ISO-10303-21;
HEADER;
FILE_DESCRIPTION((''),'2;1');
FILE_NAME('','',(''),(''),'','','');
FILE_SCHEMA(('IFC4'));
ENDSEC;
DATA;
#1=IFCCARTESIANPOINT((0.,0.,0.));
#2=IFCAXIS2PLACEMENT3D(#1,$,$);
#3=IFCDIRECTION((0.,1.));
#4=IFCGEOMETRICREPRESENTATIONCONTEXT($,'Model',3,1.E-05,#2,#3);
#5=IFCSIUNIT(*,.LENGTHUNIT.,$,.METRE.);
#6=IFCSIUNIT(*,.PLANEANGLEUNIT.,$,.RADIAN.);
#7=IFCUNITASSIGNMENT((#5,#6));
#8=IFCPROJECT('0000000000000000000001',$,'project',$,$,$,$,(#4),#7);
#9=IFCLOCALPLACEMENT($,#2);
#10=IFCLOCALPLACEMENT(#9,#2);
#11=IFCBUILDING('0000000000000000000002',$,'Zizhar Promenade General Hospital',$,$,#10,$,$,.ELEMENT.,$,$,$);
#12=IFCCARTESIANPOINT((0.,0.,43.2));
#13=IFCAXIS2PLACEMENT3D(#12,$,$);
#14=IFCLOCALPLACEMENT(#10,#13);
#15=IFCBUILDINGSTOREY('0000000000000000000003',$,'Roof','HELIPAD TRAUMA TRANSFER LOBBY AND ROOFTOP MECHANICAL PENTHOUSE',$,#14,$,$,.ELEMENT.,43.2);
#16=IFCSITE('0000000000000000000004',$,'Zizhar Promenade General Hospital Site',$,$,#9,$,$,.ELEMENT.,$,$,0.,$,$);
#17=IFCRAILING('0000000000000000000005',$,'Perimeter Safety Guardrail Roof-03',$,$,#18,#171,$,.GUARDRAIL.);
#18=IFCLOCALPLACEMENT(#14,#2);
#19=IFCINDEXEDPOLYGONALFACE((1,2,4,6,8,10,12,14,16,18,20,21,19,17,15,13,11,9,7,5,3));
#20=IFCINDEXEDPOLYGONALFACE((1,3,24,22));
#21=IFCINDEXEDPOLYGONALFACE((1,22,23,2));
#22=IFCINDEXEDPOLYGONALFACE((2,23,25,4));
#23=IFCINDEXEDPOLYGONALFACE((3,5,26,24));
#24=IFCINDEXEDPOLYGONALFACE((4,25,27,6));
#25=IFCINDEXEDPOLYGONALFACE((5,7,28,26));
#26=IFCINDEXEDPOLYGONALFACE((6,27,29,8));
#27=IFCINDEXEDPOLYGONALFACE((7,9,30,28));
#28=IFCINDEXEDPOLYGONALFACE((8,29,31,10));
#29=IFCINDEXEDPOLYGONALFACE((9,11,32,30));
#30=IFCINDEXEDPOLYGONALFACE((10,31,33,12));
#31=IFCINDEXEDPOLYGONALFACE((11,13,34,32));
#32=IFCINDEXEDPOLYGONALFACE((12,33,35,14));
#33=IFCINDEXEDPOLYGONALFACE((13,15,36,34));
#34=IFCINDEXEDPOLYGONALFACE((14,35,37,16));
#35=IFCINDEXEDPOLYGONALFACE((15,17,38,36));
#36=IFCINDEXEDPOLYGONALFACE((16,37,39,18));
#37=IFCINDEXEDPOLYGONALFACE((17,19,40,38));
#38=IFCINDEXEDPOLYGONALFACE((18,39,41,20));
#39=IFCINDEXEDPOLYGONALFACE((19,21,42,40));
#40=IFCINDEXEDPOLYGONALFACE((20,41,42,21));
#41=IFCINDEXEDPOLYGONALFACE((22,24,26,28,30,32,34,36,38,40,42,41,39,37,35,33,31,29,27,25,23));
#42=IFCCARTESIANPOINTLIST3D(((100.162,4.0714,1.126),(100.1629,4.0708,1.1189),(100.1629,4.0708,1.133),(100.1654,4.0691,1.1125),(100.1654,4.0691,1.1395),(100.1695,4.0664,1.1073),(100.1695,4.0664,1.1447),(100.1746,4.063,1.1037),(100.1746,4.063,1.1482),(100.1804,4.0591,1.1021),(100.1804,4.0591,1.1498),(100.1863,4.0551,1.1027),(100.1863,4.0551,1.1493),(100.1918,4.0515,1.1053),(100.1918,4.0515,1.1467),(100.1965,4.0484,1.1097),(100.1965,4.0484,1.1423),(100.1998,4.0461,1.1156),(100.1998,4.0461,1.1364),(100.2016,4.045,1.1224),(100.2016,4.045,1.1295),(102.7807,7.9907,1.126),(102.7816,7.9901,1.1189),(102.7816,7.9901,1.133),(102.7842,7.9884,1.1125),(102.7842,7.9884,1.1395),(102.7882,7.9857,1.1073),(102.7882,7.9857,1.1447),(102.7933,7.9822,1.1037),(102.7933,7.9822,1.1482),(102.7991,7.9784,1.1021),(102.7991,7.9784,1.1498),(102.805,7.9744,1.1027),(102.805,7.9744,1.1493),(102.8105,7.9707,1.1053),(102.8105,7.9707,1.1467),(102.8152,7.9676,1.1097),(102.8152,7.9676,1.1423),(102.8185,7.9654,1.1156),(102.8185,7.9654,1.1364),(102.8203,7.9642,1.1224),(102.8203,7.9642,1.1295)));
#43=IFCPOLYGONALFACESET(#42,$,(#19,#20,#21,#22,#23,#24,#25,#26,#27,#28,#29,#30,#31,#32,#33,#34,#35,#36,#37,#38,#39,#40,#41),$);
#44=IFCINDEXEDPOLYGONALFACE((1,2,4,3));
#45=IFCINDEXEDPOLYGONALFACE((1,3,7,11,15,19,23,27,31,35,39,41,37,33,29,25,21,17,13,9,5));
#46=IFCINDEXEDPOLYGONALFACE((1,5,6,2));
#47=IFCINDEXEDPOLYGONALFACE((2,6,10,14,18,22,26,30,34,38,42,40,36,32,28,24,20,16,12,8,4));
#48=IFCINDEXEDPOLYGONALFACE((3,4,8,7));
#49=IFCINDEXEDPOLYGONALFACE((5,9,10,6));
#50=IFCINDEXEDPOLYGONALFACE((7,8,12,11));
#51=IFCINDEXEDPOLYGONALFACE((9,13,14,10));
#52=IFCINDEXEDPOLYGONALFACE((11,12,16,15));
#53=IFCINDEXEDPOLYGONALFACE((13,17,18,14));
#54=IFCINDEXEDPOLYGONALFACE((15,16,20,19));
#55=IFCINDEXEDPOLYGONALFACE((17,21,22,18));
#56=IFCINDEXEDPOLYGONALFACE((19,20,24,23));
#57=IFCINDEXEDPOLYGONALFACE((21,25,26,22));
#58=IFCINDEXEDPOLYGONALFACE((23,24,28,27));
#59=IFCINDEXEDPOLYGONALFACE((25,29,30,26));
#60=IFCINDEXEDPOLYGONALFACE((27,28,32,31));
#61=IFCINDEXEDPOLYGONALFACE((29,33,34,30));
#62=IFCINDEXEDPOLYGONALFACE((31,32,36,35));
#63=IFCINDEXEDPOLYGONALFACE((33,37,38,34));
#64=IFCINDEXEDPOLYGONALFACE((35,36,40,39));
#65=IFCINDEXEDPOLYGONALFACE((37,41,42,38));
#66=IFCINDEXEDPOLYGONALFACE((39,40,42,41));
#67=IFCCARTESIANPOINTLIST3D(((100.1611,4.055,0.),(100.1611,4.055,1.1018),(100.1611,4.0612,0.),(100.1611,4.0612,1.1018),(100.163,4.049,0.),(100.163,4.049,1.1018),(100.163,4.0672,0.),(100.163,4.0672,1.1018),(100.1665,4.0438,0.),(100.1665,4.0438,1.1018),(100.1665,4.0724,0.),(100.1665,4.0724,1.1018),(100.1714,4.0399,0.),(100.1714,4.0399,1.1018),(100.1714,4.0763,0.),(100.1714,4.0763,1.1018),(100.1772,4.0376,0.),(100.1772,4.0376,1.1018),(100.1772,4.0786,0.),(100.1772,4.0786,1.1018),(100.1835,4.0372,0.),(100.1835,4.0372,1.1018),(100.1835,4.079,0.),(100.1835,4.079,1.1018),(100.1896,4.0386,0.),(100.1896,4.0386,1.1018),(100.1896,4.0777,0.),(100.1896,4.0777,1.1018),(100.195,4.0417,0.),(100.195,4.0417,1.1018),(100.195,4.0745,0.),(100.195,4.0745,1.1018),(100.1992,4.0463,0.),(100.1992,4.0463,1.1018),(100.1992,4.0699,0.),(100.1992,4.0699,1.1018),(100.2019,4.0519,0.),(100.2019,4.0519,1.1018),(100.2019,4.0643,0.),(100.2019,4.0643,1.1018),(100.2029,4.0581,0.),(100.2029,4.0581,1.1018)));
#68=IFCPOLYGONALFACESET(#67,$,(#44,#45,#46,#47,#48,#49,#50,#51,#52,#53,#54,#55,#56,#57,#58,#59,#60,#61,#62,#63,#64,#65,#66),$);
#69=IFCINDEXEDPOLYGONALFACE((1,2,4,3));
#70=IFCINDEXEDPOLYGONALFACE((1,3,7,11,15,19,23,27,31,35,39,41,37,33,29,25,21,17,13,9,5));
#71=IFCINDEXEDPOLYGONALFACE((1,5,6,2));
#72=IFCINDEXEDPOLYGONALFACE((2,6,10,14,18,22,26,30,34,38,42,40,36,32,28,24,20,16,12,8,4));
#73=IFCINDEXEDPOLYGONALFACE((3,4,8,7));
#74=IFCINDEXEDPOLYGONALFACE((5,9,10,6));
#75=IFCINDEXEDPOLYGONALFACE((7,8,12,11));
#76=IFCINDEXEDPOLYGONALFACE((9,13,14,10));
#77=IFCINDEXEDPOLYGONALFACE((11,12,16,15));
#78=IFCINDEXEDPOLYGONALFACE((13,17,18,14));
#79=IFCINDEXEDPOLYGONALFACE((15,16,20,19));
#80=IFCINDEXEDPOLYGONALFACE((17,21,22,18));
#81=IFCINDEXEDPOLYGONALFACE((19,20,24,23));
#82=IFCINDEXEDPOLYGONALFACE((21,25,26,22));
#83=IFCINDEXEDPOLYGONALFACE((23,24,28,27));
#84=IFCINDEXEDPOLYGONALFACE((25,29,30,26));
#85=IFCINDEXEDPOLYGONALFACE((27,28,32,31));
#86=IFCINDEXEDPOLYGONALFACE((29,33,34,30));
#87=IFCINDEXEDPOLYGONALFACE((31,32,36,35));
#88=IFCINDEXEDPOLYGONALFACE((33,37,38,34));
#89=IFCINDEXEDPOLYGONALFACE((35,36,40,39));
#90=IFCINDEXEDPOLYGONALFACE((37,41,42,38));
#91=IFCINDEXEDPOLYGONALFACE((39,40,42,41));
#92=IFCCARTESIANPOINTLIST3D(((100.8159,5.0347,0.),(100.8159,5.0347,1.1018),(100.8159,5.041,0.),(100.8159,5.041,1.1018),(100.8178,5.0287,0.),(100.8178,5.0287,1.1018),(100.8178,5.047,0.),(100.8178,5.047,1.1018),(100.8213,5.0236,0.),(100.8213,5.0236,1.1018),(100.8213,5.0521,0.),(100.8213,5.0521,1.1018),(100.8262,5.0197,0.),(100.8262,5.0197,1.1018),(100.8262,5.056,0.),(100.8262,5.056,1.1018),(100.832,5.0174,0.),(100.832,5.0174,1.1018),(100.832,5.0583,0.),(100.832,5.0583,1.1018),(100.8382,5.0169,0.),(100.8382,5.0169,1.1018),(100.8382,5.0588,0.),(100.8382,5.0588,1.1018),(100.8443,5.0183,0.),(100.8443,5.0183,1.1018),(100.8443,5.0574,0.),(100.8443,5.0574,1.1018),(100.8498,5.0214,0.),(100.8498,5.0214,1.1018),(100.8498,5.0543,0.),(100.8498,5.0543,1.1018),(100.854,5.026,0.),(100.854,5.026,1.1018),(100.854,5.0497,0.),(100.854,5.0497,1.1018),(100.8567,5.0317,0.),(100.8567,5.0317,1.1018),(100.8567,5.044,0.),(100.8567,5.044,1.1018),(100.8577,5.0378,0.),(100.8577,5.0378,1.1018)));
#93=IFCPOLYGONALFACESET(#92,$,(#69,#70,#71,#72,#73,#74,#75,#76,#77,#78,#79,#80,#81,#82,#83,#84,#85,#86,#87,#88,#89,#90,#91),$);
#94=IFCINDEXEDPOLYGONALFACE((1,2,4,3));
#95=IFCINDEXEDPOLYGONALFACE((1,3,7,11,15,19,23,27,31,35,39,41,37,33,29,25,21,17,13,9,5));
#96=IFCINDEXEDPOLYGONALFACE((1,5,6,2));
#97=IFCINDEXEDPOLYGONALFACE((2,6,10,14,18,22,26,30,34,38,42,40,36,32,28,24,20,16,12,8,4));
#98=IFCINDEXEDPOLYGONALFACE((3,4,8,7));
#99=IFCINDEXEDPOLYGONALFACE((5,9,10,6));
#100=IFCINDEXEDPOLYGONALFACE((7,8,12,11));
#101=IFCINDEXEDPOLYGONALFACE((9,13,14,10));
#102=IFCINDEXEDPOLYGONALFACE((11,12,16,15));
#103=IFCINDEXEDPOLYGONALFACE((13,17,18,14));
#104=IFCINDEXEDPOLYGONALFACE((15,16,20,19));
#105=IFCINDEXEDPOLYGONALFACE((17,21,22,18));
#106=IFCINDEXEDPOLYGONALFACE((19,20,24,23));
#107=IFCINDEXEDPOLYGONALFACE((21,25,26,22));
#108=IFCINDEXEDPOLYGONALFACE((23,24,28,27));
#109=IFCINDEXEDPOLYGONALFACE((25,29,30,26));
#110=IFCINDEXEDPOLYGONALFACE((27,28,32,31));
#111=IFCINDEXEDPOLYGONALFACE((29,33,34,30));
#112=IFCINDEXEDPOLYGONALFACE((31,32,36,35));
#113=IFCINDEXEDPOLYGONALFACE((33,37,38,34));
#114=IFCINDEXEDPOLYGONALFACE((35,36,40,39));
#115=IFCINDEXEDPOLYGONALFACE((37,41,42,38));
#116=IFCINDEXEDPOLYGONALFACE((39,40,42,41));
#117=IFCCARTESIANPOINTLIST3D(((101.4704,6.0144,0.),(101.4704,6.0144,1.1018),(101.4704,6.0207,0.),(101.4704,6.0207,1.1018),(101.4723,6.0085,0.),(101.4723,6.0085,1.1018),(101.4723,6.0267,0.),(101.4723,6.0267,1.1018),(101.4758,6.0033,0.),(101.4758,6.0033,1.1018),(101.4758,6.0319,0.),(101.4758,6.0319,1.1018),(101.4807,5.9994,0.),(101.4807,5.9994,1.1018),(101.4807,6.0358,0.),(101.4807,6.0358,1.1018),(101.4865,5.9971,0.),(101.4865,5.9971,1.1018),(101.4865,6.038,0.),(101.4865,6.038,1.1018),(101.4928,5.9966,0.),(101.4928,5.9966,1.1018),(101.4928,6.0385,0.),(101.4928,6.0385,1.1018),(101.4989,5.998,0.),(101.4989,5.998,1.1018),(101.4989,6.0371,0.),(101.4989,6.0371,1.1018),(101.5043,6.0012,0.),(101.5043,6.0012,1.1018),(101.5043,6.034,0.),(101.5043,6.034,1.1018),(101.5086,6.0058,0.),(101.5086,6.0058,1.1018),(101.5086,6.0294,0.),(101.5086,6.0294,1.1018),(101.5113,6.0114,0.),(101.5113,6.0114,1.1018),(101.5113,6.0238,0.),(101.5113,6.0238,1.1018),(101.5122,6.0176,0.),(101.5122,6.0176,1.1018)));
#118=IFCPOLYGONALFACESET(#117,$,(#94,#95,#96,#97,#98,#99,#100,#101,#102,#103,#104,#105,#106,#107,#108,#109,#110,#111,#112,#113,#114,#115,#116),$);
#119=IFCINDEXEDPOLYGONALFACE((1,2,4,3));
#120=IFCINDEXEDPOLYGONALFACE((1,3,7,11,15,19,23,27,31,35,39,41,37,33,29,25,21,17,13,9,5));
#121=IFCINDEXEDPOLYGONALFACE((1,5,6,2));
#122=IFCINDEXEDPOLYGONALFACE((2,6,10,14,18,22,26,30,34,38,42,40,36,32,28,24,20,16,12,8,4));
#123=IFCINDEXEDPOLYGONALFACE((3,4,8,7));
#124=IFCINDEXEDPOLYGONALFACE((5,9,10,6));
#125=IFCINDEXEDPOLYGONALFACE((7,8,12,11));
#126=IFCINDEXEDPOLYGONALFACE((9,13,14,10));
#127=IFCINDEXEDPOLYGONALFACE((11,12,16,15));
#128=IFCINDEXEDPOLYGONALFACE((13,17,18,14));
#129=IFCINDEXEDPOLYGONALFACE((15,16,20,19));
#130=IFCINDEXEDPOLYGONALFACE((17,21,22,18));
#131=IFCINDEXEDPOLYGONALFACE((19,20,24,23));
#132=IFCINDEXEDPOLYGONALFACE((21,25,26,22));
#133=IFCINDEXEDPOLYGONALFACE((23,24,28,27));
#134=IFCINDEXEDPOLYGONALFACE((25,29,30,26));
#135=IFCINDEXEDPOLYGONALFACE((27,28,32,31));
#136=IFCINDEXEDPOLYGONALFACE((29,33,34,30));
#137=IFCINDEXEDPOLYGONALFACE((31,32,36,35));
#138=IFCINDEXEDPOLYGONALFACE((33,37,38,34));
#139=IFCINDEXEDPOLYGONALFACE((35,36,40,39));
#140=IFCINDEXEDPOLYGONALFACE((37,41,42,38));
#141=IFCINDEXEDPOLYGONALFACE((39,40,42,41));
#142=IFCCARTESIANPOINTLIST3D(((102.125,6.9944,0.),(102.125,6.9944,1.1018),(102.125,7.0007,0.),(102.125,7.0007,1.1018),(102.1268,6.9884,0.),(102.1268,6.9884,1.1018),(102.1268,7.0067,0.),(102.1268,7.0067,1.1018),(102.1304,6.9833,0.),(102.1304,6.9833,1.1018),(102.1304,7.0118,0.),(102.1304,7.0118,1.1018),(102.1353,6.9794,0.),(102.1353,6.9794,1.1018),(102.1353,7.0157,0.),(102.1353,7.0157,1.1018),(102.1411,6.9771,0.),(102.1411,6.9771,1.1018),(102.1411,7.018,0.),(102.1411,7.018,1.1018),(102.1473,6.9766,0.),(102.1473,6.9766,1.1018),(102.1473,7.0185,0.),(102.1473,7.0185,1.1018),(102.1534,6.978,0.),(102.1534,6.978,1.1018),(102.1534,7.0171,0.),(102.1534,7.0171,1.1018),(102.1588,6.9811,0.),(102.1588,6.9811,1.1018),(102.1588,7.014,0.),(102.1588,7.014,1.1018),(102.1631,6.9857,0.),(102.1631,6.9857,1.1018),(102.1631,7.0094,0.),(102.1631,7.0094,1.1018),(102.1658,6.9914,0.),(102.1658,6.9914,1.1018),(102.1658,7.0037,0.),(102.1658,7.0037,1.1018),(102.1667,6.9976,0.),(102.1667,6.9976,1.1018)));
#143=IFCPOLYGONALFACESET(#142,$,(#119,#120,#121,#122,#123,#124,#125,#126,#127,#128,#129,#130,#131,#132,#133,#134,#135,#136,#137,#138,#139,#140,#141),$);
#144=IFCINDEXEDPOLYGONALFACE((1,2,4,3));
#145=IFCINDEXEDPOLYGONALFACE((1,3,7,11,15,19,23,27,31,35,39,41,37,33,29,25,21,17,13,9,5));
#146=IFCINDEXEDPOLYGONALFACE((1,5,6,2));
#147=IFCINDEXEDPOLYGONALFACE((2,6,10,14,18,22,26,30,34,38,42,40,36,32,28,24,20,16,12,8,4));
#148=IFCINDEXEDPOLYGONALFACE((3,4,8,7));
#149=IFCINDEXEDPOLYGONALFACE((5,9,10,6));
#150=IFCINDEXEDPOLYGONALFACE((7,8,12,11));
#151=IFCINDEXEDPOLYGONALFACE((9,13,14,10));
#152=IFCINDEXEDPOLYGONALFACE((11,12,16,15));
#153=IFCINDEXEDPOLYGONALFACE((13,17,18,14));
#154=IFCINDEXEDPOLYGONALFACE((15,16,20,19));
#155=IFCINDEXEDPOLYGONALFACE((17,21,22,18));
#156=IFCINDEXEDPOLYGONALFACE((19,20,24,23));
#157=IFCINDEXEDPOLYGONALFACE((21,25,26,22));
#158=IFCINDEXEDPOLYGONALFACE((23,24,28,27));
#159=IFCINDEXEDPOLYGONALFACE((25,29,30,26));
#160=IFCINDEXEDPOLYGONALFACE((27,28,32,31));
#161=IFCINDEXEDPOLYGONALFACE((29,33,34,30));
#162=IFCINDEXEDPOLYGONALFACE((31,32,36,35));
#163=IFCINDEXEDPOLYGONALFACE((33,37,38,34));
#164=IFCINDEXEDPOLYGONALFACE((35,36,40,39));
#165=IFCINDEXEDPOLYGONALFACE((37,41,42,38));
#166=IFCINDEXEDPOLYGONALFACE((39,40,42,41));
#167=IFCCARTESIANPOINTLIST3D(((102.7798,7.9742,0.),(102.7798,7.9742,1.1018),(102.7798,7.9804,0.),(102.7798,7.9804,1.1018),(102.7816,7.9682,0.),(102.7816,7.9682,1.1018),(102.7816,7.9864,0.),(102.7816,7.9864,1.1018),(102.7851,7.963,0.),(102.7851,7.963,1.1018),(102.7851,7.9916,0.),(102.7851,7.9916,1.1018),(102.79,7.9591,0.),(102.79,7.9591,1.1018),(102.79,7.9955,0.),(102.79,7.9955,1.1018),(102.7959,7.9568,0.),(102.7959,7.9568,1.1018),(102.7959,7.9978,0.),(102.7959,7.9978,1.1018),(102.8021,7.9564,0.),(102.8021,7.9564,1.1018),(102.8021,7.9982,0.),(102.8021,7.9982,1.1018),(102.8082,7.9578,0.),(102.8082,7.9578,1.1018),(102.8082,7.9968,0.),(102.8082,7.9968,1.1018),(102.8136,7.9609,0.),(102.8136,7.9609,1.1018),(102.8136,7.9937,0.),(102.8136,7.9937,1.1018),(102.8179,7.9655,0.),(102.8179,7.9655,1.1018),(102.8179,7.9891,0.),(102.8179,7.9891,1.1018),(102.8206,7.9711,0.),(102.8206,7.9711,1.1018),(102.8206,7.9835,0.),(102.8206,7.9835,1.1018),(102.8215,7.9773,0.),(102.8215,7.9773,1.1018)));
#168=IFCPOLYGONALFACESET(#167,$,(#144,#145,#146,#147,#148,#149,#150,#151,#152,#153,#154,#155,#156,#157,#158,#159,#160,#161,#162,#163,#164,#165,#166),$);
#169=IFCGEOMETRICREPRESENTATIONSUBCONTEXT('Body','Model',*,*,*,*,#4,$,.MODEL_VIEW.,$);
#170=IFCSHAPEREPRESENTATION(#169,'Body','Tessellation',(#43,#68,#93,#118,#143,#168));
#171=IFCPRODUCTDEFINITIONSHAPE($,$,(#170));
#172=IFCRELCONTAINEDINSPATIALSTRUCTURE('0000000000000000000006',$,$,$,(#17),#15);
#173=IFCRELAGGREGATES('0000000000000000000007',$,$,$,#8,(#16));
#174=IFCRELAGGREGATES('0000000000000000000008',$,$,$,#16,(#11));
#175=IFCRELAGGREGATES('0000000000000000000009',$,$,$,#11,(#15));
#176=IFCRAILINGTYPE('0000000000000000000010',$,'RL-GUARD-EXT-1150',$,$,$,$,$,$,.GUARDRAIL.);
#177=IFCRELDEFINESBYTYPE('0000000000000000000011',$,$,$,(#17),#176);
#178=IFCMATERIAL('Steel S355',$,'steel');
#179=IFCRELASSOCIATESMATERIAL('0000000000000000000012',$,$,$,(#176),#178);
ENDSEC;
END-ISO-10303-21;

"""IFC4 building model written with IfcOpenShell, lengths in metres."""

from ifc_helpers import new_model, si_unit, direction, frame, origin, origin_2d, place, context, subcontext, project, spatial, hollow_rectangle, circle, extrude, material, material_profile, profile_set, type_object, element, save


model = new_model("IFC4")

# Units and contexts
model_context = context("Model", 3, precision=1e-05, world=origin(), true_north=direction((0.0, 1.0)))
body_context = subcontext(model_context, "Body", "Model", "MODEL_VIEW")
ifc_project = project(units=[si_unit("LENGTHUNIT", "METRE"), si_unit("PLANEANGLEUNIT", "RADIAN")], contexts=[model_context])

# Site, building, storey
site_placement = place(None, origin())
site = spatial("IfcSite", under=ifc_project, at=site_placement, Name="Zizhar Promenade General Hospital Site", CompositionType="ELEMENT", RefElevation=0.0)
building_placement = place(site_placement, origin())
building = spatial("IfcBuilding", under=site, at=building_placement, Name="Zizhar Promenade General Hospital", CompositionType="ELEMENT")
storey_placement = place(building_placement, frame((0.0, 0.0, 43.2)))
storey = spatial("IfcBuildingStorey", under=building, at=storey_placement, Name="Roof", Description="HELIPAD TRAUMA TRANSFER LOBBY AND ROOFTOP MECHANICAL PENTHOUSE", CompositionType="ELEMENT", Elevation=43.2)

# Railing
ifc_material_1 = material(Name="Steel S355", Category="steel")
ifc_material_profile_1 = material_profile(ifc_material_1, hollow_rectangle(XDim=0.0601, YDim=0.1201, WallThickness=0.0039, at=origin_2d()))
ifc_profile_set_1 = profile_set([ifc_material_profile_1], Name="Steel S355")
railing_type_1 = type_object("IfcRailingType", Name="RL-GUARD-EXT-1150", PredefinedType="GUARDRAIL", material=ifc_profile_set_1)
railing_1_placement = place(storey_placement, frame((100.1819, 4.0581, 0.0)))
element("IfcRailing", 1, at=railing_1_placement, inside=storey, type_object=railing_type_1, Name="Perimeter Safety Guardrail Roof-03", PredefinedType="GUARDRAIL", context=body_context, shape_type="SweptSolid", body=[
    extrude(circle(Radius=0.0239, at=origin_2d()), frame((0.0, 0.0, 1.126), z_axis=(0.555561, 0.831476, 0.0), x_axis=(-0.831476, 0.555561, 0.0)), (0.0, 0.0, 1.0), 4.7136),
    extrude(circle(Radius=0.021, at=origin_2d()), origin(), (0.0, 0.0, 1.0), 1.1018),
    extrude(circle(Radius=0.021, at=origin_2d()), frame((0.6548, 0.9797, 0.0)), (0.0, 0.0, 1.0), 1.1018),
    extrude(circle(Radius=0.021, at=origin_2d()), frame((1.3093, 1.9595, 0.0)), (0.0, 0.0, 1.0), 1.1018),
    extrude(circle(Radius=0.021, at=origin_2d()), frame((1.9639, 2.9395, 0.0)), (0.0, 0.0, 1.0), 1.1018),
    extrude(circle(Radius=0.021, at=origin_2d()), frame((2.6187, 3.9192, 0.0)), (0.0, 0.0, 1.0), 1.1018),
])

save(model, "model.ifc")
